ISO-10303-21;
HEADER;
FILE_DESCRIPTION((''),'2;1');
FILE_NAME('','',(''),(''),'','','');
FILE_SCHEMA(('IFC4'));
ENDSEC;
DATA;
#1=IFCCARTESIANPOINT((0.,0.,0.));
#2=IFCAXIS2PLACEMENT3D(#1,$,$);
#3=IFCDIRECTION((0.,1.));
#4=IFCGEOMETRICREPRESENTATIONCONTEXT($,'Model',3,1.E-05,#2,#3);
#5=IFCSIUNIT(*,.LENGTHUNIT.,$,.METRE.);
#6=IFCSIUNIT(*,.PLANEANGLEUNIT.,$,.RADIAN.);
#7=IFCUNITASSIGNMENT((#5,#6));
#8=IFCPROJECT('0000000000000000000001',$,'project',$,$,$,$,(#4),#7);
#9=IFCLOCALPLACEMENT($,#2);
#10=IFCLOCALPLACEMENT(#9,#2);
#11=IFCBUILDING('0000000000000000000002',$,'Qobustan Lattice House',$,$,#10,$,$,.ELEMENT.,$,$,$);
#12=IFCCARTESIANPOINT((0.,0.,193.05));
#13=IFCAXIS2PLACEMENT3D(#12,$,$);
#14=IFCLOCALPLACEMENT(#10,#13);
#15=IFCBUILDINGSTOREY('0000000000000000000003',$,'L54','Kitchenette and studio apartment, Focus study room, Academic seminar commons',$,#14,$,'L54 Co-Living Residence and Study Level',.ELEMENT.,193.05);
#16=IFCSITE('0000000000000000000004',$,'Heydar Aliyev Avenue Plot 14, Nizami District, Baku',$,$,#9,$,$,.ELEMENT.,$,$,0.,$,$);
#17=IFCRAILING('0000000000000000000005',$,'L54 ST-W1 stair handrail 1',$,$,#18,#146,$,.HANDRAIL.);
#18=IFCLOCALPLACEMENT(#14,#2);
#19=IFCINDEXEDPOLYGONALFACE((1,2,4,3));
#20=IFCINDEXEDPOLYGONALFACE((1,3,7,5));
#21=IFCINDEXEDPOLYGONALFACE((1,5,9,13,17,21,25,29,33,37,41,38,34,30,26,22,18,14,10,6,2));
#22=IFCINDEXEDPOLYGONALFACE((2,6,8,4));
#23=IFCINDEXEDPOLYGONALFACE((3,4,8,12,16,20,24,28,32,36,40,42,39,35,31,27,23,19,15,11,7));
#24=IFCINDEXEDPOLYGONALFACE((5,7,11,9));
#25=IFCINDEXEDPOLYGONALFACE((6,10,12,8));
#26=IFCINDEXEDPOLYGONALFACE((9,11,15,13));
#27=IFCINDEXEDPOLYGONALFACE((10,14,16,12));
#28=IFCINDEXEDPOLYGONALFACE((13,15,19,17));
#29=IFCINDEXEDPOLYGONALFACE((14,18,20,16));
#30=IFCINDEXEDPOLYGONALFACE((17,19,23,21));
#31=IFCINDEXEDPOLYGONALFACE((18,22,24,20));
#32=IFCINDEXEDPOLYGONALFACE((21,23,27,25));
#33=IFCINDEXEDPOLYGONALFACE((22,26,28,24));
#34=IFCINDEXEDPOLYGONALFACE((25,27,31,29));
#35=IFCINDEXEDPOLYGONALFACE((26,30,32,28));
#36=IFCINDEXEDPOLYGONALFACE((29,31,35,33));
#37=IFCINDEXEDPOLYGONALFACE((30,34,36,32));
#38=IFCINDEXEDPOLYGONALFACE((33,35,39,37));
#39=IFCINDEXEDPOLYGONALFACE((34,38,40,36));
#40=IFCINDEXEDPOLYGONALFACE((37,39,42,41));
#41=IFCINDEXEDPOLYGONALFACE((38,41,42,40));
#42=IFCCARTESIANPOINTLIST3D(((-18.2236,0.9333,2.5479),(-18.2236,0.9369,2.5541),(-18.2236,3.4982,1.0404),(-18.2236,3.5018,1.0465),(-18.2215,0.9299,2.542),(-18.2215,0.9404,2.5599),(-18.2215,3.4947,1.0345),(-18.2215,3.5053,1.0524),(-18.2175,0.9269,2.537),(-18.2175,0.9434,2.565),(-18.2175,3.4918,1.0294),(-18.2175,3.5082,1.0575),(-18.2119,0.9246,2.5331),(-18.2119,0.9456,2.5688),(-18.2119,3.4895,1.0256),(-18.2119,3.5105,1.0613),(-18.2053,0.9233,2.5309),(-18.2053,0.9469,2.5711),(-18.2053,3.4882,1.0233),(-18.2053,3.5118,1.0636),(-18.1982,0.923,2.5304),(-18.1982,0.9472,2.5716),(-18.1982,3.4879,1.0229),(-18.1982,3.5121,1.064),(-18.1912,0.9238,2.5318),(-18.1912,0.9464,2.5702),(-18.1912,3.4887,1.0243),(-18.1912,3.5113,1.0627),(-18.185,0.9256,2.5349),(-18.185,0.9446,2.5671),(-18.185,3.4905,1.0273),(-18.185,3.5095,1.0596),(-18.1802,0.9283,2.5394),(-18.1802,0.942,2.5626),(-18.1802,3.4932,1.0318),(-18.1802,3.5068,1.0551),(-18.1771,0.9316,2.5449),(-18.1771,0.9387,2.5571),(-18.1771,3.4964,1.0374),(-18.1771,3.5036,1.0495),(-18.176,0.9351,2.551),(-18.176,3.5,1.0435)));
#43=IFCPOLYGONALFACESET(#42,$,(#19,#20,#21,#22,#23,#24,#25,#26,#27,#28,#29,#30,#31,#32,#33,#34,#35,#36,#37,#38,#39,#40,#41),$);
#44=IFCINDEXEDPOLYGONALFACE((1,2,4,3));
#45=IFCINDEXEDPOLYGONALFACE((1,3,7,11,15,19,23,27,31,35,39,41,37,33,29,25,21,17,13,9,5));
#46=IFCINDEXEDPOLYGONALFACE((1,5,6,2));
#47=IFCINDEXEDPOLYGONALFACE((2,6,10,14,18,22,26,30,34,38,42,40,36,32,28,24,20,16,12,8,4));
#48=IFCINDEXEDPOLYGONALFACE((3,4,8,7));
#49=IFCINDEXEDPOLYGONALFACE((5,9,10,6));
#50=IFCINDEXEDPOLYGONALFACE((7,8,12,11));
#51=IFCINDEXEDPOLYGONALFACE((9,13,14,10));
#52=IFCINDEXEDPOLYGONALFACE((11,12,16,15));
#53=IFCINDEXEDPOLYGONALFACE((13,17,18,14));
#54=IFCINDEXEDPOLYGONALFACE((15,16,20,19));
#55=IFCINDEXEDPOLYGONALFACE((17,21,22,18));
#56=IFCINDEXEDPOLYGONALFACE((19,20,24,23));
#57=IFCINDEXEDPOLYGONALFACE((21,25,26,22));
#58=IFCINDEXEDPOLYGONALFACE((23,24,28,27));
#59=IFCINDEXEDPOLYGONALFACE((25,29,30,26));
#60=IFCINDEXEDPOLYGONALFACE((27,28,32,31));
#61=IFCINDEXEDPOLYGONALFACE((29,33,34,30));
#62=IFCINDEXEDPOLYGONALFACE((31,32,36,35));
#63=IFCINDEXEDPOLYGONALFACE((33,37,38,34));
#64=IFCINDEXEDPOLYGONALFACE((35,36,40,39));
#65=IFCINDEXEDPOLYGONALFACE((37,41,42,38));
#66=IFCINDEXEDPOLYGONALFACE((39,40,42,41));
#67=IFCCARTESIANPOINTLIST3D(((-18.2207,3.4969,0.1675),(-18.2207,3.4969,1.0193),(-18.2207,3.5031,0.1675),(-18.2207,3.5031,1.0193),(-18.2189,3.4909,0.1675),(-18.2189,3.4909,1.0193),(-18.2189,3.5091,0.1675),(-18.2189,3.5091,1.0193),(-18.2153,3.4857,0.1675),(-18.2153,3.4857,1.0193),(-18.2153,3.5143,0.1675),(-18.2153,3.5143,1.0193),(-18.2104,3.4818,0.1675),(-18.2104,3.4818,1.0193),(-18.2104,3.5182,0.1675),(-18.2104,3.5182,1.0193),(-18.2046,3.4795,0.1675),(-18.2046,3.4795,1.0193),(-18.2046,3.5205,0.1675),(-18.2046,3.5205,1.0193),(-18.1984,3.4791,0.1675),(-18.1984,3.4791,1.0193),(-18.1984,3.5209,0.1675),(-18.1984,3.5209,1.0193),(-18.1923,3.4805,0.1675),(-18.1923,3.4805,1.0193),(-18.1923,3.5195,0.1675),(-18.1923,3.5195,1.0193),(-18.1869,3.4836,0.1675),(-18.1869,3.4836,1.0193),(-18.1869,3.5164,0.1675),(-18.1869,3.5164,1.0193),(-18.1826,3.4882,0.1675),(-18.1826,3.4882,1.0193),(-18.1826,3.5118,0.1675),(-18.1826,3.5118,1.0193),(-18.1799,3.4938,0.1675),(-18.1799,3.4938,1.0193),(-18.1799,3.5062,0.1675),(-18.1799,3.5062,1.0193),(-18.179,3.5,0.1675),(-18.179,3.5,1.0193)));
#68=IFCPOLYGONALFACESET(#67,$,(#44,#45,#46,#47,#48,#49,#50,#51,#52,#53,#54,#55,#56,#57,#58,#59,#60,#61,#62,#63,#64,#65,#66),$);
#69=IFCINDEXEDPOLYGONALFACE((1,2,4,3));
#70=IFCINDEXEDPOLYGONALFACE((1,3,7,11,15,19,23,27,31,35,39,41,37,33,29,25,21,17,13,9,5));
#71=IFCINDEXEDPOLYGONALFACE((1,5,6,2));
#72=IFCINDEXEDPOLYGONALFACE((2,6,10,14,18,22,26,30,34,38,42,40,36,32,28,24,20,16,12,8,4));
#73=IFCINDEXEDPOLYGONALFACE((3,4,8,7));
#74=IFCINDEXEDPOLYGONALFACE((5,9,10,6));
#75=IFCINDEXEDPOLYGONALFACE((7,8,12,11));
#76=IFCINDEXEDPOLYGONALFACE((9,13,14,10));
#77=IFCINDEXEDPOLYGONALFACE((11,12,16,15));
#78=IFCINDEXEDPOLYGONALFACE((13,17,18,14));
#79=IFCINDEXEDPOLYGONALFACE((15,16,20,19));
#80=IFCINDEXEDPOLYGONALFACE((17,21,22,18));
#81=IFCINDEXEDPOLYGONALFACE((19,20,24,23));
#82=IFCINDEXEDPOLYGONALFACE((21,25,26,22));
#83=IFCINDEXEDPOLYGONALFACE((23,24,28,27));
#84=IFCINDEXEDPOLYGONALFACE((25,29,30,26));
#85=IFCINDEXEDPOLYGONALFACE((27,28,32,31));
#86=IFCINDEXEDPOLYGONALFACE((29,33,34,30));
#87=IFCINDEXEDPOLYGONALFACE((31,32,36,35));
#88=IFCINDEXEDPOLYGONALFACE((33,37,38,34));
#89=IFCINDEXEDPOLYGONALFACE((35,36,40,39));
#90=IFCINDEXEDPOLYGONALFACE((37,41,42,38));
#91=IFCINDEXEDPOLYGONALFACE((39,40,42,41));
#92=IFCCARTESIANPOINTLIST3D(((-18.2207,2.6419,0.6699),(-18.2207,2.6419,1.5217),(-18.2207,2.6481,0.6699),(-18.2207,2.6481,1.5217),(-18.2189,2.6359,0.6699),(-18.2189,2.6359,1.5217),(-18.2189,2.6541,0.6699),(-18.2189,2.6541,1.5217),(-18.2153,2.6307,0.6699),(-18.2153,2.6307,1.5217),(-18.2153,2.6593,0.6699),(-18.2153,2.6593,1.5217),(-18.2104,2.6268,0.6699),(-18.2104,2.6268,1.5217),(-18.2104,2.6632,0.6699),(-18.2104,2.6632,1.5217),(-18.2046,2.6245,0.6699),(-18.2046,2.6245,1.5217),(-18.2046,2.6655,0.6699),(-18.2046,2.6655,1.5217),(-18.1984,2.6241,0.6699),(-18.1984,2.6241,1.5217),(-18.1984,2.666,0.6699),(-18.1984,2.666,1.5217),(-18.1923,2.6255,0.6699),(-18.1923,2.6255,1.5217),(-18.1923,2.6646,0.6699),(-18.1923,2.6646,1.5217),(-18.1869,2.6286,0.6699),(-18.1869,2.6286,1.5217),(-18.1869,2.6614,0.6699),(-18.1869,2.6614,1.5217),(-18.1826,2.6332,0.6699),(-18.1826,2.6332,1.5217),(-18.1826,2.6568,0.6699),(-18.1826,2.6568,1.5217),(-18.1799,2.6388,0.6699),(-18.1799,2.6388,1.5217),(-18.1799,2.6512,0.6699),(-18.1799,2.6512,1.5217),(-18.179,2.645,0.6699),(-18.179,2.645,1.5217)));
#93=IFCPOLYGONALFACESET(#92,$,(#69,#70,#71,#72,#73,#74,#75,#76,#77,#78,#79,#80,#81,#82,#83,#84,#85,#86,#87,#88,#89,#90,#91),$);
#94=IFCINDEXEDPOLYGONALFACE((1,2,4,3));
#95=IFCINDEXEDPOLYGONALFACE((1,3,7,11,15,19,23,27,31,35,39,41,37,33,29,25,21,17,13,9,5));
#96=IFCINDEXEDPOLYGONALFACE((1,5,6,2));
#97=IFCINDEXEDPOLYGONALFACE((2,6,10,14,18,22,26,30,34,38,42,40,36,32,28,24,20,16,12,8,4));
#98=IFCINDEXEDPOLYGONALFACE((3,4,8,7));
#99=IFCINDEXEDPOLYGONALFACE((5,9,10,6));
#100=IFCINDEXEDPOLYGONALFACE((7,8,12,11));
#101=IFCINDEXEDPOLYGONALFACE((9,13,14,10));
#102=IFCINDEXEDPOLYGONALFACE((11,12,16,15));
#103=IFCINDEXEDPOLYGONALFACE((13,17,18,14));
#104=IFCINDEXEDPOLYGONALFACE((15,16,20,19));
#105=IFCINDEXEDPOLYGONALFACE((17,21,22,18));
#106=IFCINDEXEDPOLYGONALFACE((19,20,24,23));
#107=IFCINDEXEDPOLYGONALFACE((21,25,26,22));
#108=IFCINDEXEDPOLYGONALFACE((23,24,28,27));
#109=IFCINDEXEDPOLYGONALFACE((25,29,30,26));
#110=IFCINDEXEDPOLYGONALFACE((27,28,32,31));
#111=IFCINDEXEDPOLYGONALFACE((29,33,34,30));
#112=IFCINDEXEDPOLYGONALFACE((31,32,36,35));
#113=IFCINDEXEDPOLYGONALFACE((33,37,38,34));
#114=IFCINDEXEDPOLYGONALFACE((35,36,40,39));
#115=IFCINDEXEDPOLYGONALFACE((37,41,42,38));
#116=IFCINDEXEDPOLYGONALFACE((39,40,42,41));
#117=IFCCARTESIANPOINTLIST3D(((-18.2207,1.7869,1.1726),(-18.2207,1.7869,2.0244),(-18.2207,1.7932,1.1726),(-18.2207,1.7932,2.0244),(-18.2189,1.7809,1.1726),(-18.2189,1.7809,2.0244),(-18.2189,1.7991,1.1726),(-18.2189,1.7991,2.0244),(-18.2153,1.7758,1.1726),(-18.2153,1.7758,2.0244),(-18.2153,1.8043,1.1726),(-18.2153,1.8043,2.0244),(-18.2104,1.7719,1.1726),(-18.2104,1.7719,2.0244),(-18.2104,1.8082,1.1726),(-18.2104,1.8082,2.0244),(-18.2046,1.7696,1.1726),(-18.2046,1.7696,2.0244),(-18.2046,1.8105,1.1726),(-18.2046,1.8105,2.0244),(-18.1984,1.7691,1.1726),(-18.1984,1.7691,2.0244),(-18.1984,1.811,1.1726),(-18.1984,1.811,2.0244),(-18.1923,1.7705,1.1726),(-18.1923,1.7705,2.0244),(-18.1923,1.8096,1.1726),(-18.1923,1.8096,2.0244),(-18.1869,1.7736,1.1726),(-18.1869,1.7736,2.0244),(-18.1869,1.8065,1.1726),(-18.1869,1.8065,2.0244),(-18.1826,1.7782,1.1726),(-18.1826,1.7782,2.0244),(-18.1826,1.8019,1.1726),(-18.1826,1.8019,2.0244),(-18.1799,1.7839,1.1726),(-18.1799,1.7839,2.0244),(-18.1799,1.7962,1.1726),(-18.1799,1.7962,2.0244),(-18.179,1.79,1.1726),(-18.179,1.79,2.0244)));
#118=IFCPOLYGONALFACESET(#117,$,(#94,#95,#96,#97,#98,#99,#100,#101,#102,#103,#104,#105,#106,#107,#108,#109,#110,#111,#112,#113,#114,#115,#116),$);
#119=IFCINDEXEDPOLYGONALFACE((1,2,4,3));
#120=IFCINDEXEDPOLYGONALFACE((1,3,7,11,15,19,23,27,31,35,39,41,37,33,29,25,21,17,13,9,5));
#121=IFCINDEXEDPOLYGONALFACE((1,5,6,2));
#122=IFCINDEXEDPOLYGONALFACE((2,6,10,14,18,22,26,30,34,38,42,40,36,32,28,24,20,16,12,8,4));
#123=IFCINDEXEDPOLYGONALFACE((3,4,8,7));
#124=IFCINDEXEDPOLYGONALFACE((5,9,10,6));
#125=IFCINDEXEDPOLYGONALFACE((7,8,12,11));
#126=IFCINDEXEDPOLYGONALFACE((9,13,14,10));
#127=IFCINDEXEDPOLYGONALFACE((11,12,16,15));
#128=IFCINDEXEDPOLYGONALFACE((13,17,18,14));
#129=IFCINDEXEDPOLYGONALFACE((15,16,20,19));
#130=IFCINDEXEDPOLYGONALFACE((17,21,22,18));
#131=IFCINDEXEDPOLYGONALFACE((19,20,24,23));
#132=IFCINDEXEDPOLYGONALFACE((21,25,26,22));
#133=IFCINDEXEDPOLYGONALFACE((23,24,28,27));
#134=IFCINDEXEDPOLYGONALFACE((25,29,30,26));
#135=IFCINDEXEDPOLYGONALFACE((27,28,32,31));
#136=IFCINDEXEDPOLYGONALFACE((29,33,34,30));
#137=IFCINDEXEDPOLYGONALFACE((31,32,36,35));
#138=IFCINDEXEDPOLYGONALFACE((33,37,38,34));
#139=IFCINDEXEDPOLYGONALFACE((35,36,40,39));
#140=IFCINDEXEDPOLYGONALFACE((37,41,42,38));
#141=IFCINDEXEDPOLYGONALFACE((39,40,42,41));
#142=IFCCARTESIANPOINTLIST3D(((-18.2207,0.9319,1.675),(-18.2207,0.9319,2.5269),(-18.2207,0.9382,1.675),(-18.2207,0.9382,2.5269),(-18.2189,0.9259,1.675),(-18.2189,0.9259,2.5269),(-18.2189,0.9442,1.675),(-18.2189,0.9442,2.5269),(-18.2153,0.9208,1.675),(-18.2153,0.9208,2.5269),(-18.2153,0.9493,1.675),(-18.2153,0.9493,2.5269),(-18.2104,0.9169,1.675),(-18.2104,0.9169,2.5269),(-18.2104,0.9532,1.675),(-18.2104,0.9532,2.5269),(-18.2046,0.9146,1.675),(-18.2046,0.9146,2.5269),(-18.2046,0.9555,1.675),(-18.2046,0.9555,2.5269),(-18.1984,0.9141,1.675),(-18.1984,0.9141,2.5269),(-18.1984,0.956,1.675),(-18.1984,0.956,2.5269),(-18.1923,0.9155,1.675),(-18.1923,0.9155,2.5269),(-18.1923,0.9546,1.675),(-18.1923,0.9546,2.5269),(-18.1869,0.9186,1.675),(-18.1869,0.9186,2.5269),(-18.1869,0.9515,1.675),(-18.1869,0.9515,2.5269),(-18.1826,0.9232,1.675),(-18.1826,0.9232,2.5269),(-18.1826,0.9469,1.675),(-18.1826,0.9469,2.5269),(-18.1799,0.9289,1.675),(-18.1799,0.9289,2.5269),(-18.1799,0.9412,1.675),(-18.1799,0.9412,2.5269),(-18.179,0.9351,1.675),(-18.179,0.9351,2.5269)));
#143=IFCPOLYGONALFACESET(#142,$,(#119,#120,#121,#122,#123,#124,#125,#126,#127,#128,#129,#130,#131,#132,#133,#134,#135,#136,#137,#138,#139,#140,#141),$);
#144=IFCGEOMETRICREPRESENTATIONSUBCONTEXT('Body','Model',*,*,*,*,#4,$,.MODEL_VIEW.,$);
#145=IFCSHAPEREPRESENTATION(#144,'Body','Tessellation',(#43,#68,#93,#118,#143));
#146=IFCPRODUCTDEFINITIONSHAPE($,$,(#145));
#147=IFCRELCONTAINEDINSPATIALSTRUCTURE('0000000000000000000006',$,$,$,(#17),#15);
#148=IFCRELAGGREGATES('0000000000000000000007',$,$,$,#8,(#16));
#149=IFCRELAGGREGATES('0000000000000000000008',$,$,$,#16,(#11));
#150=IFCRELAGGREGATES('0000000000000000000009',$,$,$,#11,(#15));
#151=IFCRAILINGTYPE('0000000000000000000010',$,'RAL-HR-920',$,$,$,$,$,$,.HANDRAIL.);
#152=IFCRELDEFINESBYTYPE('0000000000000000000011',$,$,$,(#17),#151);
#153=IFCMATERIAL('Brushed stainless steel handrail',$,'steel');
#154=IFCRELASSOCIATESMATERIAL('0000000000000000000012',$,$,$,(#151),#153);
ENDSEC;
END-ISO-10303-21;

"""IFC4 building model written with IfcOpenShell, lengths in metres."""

from ifc_helpers import new_model, si_unit, direction, frame, origin, origin_2d, place, context, subcontext, project, spatial, circle, extrude, material, type_object, element, save


model = new_model("IFC4")

# Units and contexts
model_context = context("Model", 3, precision=1e-05, world=origin(), true_north=direction((0.0, 1.0)))
body_context = subcontext(model_context, "Body", "Model", "MODEL_VIEW")
ifc_project = project(units=[si_unit("LENGTHUNIT", "METRE"), si_unit("PLANEANGLEUNIT", "RADIAN")], contexts=[model_context])

# Site, building, storey
site_placement = place(None, origin())
site = spatial("IfcSite", under=ifc_project, at=site_placement, Name="Heydar Aliyev Avenue Plot 14, Nizami District, Baku", CompositionType="ELEMENT", RefElevation=0.0)
building_placement = place(site_placement, origin())
building = spatial("IfcBuilding", under=site, at=building_placement, Name="Qobustan Lattice House", CompositionType="ELEMENT")
storey_placement = place(building_placement, frame((0.0, 0.0, 193.05)))
storey = spatial("IfcBuildingStorey", under=building, at=storey_placement, Name="L54", Description="Kitchenette and studio apartment, Focus study room, Academic seminar commons", LongName="L54 Co-Living Residence and Study Level", CompositionType="ELEMENT", Elevation=193.05)

# Railing
ifc_material_1 = material(Name="Brushed stainless steel handrail", Category="steel")
railing_type_1 = type_object("IfcRailingType", Name="RAL-HR-920", PredefinedType="HANDRAIL", material=ifc_material_1)
railing_1_placement = place(storey_placement, frame((-18.2, 3.5, 0.1675)))
element("IfcRailing", 1, at=railing_1_placement, inside=storey, type_object=railing_type_1, Name="L54 ST-W1 stair handrail 1", PredefinedType="HANDRAIL", context=body_context, shape_type="SweptSolid", body=[
    extrude(circle(Radius=0.0239, at=origin_2d()), frame((0.0, 0.0, 0.876), z_axis=(0.0, -0.862113, 0.506715), x_axis=(1.0, 0.0, 0.0)), (0.0, 0.0, 1.0), 2.9751),
    extrude(circle(Radius=0.021, at=origin_2d()), origin(), (0.0, 0.0, 1.0), 0.8518),
    extrude(circle(Radius=0.021, at=origin_2d()), frame((0.0, -0.855, 0.5024)), (0.0, 0.0, 1.0), 0.8518),
    extrude(circle(Radius=0.021, at=origin_2d()), frame((0.0, -1.71, 1.0051)), (0.0, 0.0, 1.0), 0.8518),
    extrude(circle(Radius=0.021, at=origin_2d()), frame((0.0, -2.5649, 1.5076)), (0.0, 0.0, 1.0), 0.8518),
])

save(model, "model.ifc")
